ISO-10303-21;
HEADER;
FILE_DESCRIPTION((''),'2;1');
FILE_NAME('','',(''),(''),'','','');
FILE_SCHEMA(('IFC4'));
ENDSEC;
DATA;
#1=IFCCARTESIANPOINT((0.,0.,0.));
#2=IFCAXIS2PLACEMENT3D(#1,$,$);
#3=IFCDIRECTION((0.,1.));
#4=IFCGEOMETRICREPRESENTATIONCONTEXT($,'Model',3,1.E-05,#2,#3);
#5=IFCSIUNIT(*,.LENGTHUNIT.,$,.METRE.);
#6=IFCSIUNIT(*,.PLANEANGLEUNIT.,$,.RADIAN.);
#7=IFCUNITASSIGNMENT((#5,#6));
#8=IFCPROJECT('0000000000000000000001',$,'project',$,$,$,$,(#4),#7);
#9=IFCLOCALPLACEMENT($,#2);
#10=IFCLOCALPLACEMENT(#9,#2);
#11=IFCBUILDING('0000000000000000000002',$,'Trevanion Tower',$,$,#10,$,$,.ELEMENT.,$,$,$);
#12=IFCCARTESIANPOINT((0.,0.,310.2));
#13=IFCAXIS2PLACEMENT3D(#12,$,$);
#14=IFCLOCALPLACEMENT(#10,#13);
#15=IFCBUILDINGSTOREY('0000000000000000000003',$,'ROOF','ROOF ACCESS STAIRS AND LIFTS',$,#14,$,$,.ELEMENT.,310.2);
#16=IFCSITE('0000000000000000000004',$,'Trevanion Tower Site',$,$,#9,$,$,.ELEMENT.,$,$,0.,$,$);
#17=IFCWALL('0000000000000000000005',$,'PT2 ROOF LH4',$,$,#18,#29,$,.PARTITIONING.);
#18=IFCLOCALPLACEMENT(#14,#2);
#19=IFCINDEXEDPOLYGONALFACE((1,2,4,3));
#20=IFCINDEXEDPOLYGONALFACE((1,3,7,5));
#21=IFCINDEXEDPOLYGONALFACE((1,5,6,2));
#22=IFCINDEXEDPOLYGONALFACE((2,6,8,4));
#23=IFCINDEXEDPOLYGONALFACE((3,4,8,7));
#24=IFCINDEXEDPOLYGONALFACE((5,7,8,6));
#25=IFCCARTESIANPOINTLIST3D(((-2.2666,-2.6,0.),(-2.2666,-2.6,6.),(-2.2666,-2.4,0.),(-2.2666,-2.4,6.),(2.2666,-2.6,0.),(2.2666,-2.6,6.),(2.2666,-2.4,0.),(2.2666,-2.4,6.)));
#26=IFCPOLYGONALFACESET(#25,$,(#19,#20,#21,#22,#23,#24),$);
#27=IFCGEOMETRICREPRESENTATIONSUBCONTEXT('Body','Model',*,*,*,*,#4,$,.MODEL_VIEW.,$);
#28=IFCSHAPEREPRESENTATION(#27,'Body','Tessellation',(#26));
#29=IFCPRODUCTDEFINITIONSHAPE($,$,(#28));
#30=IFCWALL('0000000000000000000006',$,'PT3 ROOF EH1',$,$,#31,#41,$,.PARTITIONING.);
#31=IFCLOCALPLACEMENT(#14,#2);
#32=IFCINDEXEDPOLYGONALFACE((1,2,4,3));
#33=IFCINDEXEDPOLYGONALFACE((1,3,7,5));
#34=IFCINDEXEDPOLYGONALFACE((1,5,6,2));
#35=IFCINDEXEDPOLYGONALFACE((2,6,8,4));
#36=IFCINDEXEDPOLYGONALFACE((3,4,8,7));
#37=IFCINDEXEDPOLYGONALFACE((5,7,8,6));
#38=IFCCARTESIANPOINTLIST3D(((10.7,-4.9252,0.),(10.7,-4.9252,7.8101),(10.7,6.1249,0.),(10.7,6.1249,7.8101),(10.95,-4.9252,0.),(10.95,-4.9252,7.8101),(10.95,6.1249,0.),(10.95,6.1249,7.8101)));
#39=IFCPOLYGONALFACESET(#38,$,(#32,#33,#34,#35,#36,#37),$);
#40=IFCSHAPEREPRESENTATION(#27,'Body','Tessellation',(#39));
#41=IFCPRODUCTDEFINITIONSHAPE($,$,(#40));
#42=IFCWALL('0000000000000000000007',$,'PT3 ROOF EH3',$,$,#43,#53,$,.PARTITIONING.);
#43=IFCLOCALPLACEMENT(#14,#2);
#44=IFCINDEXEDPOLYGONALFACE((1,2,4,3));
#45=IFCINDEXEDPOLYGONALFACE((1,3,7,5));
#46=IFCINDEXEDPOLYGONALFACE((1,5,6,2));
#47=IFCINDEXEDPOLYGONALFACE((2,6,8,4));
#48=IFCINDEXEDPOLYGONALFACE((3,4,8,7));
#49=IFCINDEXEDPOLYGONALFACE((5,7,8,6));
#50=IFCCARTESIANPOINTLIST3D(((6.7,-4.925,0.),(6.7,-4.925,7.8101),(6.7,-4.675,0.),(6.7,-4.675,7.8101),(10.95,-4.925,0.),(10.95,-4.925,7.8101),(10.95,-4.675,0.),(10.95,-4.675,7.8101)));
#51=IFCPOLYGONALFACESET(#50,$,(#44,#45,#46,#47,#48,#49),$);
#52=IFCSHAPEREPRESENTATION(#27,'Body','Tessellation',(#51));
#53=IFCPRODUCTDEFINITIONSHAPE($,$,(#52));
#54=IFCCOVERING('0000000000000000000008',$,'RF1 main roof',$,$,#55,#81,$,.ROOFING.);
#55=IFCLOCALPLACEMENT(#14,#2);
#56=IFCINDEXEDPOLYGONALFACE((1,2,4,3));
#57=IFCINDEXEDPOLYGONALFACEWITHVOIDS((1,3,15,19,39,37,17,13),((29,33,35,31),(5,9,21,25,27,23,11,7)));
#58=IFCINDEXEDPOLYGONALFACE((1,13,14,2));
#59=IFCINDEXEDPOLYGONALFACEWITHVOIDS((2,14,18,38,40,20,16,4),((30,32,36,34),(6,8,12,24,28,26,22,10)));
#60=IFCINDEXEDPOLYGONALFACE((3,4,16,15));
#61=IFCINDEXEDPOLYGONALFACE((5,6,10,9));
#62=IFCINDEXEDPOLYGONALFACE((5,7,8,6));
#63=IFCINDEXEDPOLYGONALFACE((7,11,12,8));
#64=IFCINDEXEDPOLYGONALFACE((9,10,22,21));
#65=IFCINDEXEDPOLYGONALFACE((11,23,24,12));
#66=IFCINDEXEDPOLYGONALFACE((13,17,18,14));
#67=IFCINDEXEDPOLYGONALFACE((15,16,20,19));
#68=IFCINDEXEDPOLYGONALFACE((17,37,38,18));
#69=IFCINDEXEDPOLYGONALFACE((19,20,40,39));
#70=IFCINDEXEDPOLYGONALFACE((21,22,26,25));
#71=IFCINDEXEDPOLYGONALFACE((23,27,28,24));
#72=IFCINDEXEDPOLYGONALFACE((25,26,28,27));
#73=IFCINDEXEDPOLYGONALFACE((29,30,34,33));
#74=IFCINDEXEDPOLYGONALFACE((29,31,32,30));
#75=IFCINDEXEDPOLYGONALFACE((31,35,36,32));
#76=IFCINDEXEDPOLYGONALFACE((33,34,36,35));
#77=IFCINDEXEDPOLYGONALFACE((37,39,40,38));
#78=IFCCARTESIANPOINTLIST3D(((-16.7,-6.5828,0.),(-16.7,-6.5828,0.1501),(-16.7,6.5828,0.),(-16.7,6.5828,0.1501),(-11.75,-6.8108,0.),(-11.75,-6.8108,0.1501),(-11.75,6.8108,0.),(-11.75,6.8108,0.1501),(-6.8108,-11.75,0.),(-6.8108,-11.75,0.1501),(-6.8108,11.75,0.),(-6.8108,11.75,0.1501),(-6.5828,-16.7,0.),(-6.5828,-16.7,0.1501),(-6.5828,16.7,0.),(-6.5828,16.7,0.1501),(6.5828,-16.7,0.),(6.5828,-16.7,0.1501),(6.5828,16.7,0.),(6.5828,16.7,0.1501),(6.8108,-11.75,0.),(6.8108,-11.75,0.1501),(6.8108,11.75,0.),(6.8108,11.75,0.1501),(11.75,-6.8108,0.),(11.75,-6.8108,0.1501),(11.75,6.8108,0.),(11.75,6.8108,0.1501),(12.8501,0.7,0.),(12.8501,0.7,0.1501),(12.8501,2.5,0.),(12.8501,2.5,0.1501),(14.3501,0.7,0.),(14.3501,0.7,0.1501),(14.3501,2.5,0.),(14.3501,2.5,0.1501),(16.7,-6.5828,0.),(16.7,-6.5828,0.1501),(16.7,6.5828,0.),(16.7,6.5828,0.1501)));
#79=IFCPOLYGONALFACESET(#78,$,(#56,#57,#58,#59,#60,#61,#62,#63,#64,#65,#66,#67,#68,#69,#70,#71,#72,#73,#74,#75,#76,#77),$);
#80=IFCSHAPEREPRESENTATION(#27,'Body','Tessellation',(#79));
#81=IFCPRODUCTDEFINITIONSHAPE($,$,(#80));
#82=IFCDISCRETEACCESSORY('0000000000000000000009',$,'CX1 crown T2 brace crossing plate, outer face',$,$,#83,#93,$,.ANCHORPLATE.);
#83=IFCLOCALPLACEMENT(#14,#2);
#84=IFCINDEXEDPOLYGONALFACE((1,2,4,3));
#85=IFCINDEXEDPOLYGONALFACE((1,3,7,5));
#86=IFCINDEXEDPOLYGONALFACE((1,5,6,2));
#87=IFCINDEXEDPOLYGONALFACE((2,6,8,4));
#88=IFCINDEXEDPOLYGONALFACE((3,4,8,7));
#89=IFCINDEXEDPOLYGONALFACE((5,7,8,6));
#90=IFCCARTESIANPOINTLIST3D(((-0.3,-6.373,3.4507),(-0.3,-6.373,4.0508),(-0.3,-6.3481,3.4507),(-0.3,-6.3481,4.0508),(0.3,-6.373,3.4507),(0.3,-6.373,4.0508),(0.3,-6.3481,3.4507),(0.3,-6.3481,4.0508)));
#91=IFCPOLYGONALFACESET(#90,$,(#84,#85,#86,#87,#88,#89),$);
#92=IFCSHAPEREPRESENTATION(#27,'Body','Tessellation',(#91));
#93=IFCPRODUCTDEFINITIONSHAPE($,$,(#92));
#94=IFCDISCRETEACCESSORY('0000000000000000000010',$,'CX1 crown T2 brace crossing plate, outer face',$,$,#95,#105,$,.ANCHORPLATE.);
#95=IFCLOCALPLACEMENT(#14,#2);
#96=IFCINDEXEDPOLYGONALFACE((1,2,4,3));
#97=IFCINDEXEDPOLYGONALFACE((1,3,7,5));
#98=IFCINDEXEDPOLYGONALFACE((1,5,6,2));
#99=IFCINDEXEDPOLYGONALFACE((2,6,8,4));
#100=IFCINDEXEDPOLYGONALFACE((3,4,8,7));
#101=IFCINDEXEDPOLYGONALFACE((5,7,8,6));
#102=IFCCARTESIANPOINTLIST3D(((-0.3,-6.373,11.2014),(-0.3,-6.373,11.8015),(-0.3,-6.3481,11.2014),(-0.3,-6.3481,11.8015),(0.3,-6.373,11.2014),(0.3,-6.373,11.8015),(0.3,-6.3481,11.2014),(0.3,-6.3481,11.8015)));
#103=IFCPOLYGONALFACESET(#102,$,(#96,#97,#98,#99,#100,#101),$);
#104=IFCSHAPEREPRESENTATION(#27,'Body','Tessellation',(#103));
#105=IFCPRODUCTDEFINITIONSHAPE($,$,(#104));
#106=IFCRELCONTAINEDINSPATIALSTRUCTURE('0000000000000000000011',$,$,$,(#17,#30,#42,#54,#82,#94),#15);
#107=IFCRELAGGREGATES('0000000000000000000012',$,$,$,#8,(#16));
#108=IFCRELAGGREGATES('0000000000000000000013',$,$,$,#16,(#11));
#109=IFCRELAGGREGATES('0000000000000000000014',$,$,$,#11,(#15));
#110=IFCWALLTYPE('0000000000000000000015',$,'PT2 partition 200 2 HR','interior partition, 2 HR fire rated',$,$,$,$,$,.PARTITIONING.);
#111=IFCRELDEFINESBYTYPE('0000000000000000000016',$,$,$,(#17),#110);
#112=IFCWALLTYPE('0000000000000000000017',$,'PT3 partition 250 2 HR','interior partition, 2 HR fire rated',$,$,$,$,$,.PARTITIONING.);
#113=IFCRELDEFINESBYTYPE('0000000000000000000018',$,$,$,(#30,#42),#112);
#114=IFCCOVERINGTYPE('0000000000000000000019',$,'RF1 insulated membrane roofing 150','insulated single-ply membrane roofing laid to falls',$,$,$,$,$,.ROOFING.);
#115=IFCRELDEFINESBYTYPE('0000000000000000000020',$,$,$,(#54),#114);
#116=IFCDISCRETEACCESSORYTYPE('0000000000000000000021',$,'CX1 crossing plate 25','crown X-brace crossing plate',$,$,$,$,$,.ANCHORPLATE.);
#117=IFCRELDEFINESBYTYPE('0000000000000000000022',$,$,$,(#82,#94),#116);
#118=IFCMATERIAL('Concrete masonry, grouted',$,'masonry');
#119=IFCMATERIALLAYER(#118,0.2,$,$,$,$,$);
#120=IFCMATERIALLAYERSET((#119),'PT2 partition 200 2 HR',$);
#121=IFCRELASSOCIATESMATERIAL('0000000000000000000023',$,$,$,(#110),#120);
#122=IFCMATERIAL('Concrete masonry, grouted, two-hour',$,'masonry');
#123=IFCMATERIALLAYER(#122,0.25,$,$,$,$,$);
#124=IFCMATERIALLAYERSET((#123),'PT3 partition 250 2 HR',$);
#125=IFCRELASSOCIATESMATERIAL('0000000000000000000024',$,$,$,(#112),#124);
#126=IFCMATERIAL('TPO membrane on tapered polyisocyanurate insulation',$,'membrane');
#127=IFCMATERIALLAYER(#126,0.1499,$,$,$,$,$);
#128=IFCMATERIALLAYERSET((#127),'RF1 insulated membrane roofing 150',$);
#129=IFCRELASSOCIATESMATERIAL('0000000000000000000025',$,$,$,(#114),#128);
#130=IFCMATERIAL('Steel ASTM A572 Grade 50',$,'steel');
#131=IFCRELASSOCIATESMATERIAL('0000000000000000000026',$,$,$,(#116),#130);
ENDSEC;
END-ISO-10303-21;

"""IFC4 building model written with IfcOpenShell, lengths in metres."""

from ifc_helpers import new_model, si_unit, direction, frame, frame_2d, origin, origin_2d, place, context, subcontext, project, spatial, polyline, rectangle, outline, extrude, material, layer, layer_set, type_object, element, save


model = new_model("IFC4")

# Units and contexts
model_context = context("Model", 3, precision=1e-05, world=origin(), true_north=direction((0.0, 1.0)))
body_context = subcontext(model_context, "Body", "Model", "MODEL_VIEW")
ifc_project = project(units=[si_unit("LENGTHUNIT", "METRE"), si_unit("PLANEANGLEUNIT", "RADIAN")], contexts=[model_context])

# Site, building, storey
site_placement = place(None, origin())
site = spatial("IfcSite", under=ifc_project, at=site_placement, Name="Trevanion Tower Site", CompositionType="ELEMENT", RefElevation=0.0)
building_placement = place(site_placement, origin())
building = spatial("IfcBuilding", under=site, at=building_placement, Name="Trevanion Tower", CompositionType="ELEMENT")
storey_placement = place(building_placement, frame((0.0, 0.0, 310.2)))
storey = spatial("IfcBuildingStorey", under=building, at=storey_placement, Name="ROOF", Description="ROOF ACCESS STAIRS AND LIFTS", CompositionType="ELEMENT", Elevation=310.2)

# Walls
ifc_material_1 = material(Name="Concrete masonry, grouted", Category="masonry")
ifc_layer_1 = layer(ifc_material_1, 0.2)
ifc_layer_set_1 = layer_set([ifc_layer_1], Name="PT2 partition 200 2 HR")
wall_type_1 = type_object("IfcWallType", Name="PT2 partition 200 2 HR", Description="interior partition, 2 HR fire rated", PredefinedType="PARTITIONING", material=ifc_layer_set_1)
wall_1_placement = place(storey_placement, frame((2.2666, -2.5, 0.0), z_axis=(0.0, 0.0, 1.0), x_axis=(-1.0, 0.0, 0.0)))
element("IfcWall", 1, at=wall_1_placement, inside=storey, type_object=wall_type_1, Name="PT2 ROOF LH4", PredefinedType="PARTITIONING", context=body_context, shape_type="SweptSolid", body=[
    extrude(rectangle(XDim=4.5332, YDim=0.2, at=frame_2d((2.2666, 0.0))), origin(), (0.0, 0.0, 1.0), 6.0),
])
ifc_material_2 = material(Name="Concrete masonry, grouted, two-hour", Category="masonry")
ifc_layer_2 = layer(ifc_material_2, 0.25)
ifc_layer_set_2 = layer_set([ifc_layer_2], Name="PT3 partition 250 2 HR")
wall_type_2 = type_object("IfcWallType", Name="PT3 partition 250 2 HR", Description="interior partition, 2 HR fire rated", PredefinedType="PARTITIONING", material=ifc_layer_set_2)
wall_2_placement = place(storey_placement, frame((10.825, -4.925, 0.0), z_axis=(0.0, 0.0, 1.0), x_axis=(0.0, 1.0, 0.0)))
element("IfcWall", 2, at=wall_2_placement, inside=storey, type_object=wall_type_2, Name="PT3 ROOF EH1", PredefinedType="PARTITIONING", context=body_context, shape_type="SweptSolid", body=[
    extrude(rectangle(XDim=11.05, YDim=0.25, at=frame_2d((5.5249, 0.0))), origin(), (0.0, 0.0, 1.0), 7.8101),
])
wall_3_placement = place(storey_placement, frame((6.7, -4.8, 0.0), z_axis=(0.0, 0.0, 1.0), x_axis=(1.0, 0.0, 0.0)))
element("IfcWall", 3, at=wall_3_placement, inside=storey, type_object=wall_type_2, Name="PT3 ROOF EH3", PredefinedType="PARTITIONING", context=body_context, shape_type="SweptSolid", body=[
    extrude(rectangle(XDim=4.25, YDim=0.25, at=frame_2d((2.125, 0.0))), origin(), (0.0, 0.0, 1.0), 7.8101),
])

# Covering
ifc_material_3 = material(Name="TPO membrane on tapered polyisocyanurate insulation", Category="membrane")
ifc_layer_3 = layer(ifc_material_3, 0.1499)
ifc_layer_set_3 = layer_set([ifc_layer_3], Name="RF1 insulated membrane roofing 150")
covering_type = type_object("IfcCoveringType", Name="RF1 insulated membrane roofing 150", Description="insulated single-ply membrane roofing laid to falls", PredefinedType="ROOFING", material=ifc_layer_set_3)
covering_placement = place(storey_placement, origin())
element("IfcCovering", 4, at=covering_placement, inside=storey, type_object=covering_type, Name="RF1 main roof", PredefinedType="ROOFING", context=body_context, shape_type="SweptSolid", body=[
    extrude(outline(polyline([(-6.5828, -16.7), (-16.7, -6.5828), (-16.7, 6.5828), (-6.5828, 16.7), (6.5828, 16.7), (16.7, 6.5828), (16.7, -6.5828), (6.5828, -16.7), (-6.5828, -16.7)]), holes=[polyline([(6.8108, 11.75), (-6.8108, 11.75), (-11.75, 6.8108), (-11.75, -6.8108), (-6.8108, -11.75), (6.8108, -11.75), (11.75, -6.8108), (11.75, 6.8108), (6.8108, 11.75)]), polyline([(14.3501, 0.7), (14.3501, 2.5), (12.8501, 2.5), (12.8501, 0.7), (14.3501, 0.7)])]), origin(), (0.0, 0.0, 1.0), 0.1501),
])

# Discrete accessories
ifc_material_4 = material(Name="Steel ASTM A572 Grade 50", Category="steel")
discrete_accessory_type = type_object("IfcDiscreteAccessoryType", Name="CX1 crossing plate 25", Description="crown X-brace crossing plate", PredefinedType="ANCHORPLATE", material=ifc_material_4)
for number, where, z_axis, x_axis, name in (
    (5, (0.0, -6.3606, 3.4507), (0.0, 0.0, 1.0), (1.0, 0.0, 0.0), "CX1 crown T2 brace crossing plate, outer face"),
    (6, (0.0, -6.3606, 11.2014), (0.0, 0.0, 1.0), (1.0, 0.0, 0.0), "CX1 crown T2 brace crossing plate, outer face"),
):
    element("IfcDiscreteAccessory", number, at=place(storey_placement, frame(where, z_axis=z_axis, x_axis=x_axis)), inside=storey, type_object=discrete_accessory_type, Name=name, PredefinedType="ANCHORPLATE", context=body_context, shape_type="SweptSolid", body=[
        extrude(rectangle(XDim=0.6001, YDim=0.0249, at=origin_2d()), origin(), (0.0, 0.0, 1.0), 0.6001),
    ])

save(model, "model.ifc")
